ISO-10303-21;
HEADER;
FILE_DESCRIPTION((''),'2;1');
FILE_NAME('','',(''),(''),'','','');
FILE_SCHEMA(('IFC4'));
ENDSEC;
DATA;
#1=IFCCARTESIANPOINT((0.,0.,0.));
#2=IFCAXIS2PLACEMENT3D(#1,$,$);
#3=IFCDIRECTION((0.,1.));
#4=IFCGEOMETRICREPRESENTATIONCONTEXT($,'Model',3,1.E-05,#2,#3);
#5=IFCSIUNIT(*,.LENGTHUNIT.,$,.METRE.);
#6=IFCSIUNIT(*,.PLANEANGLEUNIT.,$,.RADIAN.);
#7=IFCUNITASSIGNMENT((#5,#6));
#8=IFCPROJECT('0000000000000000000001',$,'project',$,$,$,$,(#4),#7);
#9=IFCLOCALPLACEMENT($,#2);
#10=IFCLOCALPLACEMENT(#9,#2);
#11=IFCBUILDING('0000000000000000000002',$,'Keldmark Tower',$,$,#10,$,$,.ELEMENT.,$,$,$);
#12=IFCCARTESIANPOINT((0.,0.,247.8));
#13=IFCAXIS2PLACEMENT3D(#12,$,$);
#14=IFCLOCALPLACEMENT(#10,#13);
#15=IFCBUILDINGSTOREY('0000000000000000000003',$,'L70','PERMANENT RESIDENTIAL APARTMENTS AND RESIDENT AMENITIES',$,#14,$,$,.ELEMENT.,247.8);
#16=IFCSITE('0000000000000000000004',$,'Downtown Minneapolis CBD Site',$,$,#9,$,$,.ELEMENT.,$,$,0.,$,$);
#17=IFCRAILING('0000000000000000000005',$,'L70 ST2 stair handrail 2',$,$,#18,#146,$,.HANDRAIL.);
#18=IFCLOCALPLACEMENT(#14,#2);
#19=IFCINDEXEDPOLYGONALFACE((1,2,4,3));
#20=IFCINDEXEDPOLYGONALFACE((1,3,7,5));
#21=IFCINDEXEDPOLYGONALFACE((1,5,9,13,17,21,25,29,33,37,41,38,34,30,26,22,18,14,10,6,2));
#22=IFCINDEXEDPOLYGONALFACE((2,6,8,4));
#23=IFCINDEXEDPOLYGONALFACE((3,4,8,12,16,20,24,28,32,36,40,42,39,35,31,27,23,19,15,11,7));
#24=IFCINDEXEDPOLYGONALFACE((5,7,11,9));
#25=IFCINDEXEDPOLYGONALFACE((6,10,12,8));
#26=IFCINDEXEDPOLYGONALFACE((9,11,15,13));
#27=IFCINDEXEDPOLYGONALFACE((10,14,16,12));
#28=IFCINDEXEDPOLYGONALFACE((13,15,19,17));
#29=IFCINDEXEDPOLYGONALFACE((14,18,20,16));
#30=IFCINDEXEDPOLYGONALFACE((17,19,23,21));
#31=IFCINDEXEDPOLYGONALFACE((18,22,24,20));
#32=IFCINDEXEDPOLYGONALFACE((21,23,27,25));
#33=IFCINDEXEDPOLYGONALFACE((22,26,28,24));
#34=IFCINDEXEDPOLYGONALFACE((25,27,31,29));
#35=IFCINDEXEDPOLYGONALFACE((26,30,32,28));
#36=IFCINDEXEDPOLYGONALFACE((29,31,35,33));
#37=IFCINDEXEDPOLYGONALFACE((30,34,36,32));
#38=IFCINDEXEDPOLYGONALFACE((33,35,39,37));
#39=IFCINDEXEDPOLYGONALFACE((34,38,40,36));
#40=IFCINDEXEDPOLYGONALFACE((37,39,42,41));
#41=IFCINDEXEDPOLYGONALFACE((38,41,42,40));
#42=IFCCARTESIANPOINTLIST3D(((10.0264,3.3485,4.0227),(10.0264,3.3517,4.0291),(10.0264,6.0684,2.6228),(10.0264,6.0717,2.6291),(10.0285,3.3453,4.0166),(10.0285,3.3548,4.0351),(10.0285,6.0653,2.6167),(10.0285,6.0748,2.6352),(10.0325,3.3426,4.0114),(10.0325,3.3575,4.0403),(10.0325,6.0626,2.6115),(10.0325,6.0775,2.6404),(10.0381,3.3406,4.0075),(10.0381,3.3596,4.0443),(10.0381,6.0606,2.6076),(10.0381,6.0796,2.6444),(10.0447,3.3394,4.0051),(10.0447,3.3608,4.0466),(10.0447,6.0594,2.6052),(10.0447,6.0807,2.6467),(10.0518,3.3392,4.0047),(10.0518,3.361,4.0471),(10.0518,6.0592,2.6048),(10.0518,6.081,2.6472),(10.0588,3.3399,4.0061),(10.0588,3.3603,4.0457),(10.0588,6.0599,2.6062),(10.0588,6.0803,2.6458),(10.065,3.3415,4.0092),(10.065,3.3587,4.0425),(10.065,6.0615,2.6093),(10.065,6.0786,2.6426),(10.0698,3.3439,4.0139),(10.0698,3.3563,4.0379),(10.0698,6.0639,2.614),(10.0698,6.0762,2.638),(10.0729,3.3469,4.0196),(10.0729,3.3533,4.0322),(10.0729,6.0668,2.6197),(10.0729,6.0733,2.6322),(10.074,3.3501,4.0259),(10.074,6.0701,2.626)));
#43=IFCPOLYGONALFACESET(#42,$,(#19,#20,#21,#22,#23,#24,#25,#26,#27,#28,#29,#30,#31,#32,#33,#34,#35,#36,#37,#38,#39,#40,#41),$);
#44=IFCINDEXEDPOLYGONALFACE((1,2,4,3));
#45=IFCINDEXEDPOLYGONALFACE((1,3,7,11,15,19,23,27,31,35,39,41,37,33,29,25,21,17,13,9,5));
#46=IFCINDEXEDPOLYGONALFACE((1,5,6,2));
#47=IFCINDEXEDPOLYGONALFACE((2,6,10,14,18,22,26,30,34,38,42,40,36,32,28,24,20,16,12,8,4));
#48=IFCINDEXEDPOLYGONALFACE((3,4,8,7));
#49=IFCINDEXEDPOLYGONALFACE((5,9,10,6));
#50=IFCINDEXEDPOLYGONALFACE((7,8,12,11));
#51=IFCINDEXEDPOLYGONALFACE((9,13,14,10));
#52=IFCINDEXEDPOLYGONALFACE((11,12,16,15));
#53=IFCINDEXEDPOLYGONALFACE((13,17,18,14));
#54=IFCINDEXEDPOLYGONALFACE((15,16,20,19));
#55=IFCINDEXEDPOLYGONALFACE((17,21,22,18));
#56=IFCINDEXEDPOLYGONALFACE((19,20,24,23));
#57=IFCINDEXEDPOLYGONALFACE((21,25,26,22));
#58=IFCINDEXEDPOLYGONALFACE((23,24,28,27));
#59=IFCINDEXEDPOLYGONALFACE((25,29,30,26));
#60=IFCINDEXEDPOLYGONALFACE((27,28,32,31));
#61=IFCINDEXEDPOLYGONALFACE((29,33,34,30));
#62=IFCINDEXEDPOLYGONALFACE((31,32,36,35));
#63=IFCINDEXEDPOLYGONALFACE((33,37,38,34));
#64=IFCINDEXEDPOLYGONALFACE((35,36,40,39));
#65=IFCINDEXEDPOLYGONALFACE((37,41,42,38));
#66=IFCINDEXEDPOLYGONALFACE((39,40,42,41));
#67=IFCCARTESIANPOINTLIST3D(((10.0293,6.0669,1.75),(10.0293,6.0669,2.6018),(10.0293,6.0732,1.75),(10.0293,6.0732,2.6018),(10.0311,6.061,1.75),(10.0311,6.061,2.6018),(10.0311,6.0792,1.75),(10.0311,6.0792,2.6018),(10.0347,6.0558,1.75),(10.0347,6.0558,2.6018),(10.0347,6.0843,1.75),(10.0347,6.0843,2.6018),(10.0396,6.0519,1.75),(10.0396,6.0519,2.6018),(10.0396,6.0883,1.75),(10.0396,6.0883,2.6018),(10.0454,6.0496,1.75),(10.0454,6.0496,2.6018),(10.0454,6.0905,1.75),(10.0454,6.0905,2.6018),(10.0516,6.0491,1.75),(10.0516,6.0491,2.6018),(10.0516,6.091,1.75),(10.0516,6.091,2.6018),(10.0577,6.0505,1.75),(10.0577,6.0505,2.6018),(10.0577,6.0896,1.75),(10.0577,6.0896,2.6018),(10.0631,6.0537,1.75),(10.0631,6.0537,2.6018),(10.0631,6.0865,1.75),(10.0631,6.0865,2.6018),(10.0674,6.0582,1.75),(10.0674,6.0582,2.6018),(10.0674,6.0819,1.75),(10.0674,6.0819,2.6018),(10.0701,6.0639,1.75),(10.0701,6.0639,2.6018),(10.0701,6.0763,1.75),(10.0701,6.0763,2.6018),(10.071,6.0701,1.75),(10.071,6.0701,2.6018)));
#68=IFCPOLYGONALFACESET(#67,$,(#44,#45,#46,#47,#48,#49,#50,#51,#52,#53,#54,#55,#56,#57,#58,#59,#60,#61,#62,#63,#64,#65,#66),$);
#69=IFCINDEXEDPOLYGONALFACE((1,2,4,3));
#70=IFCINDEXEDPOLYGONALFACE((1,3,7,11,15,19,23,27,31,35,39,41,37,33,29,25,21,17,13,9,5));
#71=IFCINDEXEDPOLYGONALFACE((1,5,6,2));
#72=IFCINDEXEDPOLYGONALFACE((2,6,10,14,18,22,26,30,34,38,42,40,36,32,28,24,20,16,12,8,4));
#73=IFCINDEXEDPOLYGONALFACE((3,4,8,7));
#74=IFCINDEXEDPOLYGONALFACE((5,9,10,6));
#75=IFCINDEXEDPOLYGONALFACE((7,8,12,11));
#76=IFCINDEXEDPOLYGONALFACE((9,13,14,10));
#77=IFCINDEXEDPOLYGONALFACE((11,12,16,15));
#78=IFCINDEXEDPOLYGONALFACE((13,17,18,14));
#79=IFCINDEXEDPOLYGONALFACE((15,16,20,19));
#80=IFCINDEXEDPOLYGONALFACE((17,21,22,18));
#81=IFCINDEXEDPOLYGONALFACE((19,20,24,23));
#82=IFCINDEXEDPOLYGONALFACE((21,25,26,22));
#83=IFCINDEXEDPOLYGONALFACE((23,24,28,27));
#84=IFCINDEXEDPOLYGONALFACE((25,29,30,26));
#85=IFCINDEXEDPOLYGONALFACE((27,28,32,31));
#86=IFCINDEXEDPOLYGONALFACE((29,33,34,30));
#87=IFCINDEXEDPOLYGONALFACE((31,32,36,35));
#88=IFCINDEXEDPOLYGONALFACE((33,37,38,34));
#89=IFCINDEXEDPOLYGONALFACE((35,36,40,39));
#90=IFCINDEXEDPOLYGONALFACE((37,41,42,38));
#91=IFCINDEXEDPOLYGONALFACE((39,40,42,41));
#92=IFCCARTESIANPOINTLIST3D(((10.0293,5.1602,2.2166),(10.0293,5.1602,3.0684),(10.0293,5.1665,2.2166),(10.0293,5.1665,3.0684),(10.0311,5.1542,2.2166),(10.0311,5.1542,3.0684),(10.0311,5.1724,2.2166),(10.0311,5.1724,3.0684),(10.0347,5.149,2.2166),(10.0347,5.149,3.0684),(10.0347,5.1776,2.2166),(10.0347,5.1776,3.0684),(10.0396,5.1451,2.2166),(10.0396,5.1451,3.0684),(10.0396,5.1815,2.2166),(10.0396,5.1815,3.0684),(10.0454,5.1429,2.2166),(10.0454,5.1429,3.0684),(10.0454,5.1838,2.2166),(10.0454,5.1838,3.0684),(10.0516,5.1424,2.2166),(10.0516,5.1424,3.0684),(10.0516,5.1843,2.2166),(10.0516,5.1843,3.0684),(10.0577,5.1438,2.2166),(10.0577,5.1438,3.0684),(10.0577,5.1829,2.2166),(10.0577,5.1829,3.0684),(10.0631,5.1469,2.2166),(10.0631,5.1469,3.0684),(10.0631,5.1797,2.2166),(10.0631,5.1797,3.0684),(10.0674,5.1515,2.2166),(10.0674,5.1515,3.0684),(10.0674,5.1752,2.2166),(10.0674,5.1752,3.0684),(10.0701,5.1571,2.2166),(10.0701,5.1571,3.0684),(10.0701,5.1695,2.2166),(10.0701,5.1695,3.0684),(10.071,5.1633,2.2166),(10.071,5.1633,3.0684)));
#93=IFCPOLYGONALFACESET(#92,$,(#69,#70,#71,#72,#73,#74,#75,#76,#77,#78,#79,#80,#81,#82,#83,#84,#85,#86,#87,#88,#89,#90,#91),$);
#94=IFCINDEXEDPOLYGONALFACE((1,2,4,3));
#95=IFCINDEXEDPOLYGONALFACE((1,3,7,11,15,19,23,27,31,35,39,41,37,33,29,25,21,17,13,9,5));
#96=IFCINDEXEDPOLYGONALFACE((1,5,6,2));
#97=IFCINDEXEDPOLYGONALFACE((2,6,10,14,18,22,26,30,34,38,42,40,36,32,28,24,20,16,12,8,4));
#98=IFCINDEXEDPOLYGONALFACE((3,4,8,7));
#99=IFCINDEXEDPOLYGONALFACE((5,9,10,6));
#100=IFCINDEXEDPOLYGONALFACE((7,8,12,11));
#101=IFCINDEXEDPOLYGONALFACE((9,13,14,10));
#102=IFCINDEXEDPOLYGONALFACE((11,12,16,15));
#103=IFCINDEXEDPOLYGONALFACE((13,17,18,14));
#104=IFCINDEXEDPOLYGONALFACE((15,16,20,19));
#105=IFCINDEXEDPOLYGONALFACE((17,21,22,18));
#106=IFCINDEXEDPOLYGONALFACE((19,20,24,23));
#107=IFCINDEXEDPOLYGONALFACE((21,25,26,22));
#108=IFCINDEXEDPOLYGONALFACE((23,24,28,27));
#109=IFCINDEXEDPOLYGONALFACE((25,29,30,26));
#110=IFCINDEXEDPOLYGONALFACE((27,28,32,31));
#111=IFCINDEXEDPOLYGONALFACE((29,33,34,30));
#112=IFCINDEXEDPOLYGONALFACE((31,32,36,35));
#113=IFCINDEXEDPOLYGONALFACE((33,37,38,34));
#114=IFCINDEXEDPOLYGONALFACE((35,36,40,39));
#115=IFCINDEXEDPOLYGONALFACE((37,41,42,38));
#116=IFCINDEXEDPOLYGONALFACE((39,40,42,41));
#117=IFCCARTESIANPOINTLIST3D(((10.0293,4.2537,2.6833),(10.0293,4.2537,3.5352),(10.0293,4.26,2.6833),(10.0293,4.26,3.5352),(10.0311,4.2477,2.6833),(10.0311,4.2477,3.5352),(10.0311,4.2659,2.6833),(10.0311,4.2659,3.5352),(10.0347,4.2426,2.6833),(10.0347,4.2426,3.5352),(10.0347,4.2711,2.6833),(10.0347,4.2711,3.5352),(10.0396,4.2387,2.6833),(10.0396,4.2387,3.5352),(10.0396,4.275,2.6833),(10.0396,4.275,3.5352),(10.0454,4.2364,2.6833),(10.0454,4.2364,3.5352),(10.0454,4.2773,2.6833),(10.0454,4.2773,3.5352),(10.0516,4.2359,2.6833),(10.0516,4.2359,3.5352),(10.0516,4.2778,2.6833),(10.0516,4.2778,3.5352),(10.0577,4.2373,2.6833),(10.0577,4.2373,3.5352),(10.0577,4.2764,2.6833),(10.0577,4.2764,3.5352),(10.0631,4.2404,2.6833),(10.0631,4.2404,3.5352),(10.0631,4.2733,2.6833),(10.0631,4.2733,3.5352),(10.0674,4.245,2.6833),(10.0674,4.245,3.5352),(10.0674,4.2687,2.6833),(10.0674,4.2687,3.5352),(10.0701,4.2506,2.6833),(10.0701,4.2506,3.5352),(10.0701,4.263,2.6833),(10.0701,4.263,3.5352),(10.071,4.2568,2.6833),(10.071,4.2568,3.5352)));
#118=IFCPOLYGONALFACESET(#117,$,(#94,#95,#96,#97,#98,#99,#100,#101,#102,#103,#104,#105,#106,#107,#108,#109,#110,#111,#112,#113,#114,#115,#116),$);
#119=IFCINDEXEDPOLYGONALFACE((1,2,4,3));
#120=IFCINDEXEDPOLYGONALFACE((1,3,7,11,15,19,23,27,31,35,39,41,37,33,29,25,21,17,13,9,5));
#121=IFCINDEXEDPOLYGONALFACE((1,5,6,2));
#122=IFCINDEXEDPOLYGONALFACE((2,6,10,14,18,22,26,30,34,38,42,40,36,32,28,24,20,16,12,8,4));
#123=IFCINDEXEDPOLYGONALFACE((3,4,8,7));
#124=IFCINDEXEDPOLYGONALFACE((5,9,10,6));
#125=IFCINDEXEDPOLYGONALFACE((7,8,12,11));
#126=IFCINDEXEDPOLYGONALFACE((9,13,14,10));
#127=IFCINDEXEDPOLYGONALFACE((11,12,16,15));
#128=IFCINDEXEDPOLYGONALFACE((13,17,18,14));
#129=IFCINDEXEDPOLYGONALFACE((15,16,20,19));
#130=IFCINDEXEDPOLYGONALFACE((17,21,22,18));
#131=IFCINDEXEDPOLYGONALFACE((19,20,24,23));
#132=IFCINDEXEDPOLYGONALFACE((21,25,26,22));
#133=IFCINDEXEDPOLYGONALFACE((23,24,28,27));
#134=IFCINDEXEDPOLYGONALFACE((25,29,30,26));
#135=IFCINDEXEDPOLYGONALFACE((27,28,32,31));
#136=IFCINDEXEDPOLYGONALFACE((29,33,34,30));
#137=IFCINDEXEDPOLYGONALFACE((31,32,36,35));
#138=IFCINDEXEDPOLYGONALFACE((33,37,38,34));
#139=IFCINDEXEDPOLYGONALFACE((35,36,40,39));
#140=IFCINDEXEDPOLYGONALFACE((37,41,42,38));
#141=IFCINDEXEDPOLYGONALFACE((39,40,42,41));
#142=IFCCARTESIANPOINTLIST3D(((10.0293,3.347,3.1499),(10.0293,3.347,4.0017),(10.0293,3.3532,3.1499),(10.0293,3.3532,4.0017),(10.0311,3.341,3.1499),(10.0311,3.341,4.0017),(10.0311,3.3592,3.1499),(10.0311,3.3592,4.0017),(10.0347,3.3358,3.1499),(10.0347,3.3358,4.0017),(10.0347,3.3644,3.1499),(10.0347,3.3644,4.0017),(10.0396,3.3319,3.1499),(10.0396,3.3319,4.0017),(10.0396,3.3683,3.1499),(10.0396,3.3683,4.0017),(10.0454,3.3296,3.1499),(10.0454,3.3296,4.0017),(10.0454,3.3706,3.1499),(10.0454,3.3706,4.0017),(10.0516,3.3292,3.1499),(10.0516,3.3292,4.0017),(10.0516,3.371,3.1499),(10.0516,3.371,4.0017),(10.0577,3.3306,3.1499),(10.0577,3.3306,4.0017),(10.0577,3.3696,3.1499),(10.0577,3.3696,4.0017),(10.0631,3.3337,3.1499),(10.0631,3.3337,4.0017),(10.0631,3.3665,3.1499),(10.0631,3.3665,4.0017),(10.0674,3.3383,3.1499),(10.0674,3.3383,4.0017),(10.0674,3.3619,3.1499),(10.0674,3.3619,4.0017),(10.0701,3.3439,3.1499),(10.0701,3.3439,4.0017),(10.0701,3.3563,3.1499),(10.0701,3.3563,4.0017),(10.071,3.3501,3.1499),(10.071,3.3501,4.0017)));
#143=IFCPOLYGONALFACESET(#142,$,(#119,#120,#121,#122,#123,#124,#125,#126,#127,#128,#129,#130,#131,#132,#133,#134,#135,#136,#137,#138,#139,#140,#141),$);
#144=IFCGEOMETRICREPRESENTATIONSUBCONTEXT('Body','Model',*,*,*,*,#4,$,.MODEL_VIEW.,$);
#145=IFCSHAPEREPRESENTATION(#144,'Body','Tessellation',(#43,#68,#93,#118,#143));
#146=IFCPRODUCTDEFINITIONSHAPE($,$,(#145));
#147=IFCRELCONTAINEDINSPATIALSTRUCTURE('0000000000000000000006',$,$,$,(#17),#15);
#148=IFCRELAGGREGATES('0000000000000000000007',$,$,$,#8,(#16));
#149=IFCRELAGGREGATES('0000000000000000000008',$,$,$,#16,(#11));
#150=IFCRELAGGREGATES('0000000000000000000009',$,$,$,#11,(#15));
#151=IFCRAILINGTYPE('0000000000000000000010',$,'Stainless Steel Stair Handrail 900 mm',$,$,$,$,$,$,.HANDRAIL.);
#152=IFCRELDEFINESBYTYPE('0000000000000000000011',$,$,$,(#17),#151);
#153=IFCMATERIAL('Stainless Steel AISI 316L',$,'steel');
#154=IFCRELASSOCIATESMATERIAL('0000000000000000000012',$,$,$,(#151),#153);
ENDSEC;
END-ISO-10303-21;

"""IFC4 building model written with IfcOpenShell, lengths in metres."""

from ifc_helpers import new_model, si_unit, direction, frame, origin, origin_2d, place, context, subcontext, project, spatial, circle, extrude, material, type_object, element, save


model = new_model("IFC4")

# Units and contexts
model_context = context("Model", 3, precision=1e-05, world=origin(), true_north=direction((0.0, 1.0)))
body_context = subcontext(model_context, "Body", "Model", "MODEL_VIEW")
ifc_project = project(units=[si_unit("LENGTHUNIT", "METRE"), si_unit("PLANEANGLEUNIT", "RADIAN")], contexts=[model_context])

# Site, building, storey
site_placement = place(None, origin())
site = spatial("IfcSite", under=ifc_project, at=site_placement, Name="Downtown Minneapolis CBD Site", CompositionType="ELEMENT", RefElevation=0.0)
building_placement = place(site_placement, origin())
building = spatial("IfcBuilding", under=site, at=building_placement, Name="Keldmark Tower", CompositionType="ELEMENT")
storey_placement = place(building_placement, frame((0.0, 0.0, 247.8)))
storey = spatial("IfcBuildingStorey", under=building, at=storey_placement, Name="L70", Description="PERMANENT RESIDENTIAL APARTMENTS AND RESIDENT AMENITIES", CompositionType="ELEMENT", Elevation=247.8)

# Railing
ifc_material_1 = material(Name="Stainless Steel AISI 316L", Category="steel")
railing_type = type_object("IfcRailingType", Name="Stainless Steel Stair Handrail 900 mm", PredefinedType="HANDRAIL", material=ifc_material_1)
railing_placement = place(storey_placement, frame((10.05, 6.0701, 1.75)))
element("IfcRailing", 1, at=railing_placement, inside=storey, type_object=railing_type, Name="L70 ST2 stair handrail 2", PredefinedType="HANDRAIL", context=body_context, shape_type="SweptSolid", body=[
    extrude(circle(Radius=0.0239, at=origin_2d()), frame((0.0, 0.0, 0.876), z_axis=(0.0, -0.889147, 0.457622), x_axis=(1.0, 0.0, 0.0)), (0.0, 0.0, 1.0), 3.0591),
    extrude(circle(Radius=0.021, at=origin_2d()), origin(), (0.0, 0.0, 1.0), 0.8518),
    extrude(circle(Radius=0.021, at=origin_2d()), frame((0.0, -0.9067, 0.4666)), (0.0, 0.0, 1.0), 0.8518),
    extrude(circle(Radius=0.021, at=origin_2d()), frame((0.0, -1.8132, 0.9333)), (0.0, 0.0, 1.0), 0.8518),
    extrude(circle(Radius=0.021, at=origin_2d()), frame((0.0, -2.72, 1.3999)), (0.0, 0.0, 1.0), 0.8518),
])

save(model, "model.ifc")
